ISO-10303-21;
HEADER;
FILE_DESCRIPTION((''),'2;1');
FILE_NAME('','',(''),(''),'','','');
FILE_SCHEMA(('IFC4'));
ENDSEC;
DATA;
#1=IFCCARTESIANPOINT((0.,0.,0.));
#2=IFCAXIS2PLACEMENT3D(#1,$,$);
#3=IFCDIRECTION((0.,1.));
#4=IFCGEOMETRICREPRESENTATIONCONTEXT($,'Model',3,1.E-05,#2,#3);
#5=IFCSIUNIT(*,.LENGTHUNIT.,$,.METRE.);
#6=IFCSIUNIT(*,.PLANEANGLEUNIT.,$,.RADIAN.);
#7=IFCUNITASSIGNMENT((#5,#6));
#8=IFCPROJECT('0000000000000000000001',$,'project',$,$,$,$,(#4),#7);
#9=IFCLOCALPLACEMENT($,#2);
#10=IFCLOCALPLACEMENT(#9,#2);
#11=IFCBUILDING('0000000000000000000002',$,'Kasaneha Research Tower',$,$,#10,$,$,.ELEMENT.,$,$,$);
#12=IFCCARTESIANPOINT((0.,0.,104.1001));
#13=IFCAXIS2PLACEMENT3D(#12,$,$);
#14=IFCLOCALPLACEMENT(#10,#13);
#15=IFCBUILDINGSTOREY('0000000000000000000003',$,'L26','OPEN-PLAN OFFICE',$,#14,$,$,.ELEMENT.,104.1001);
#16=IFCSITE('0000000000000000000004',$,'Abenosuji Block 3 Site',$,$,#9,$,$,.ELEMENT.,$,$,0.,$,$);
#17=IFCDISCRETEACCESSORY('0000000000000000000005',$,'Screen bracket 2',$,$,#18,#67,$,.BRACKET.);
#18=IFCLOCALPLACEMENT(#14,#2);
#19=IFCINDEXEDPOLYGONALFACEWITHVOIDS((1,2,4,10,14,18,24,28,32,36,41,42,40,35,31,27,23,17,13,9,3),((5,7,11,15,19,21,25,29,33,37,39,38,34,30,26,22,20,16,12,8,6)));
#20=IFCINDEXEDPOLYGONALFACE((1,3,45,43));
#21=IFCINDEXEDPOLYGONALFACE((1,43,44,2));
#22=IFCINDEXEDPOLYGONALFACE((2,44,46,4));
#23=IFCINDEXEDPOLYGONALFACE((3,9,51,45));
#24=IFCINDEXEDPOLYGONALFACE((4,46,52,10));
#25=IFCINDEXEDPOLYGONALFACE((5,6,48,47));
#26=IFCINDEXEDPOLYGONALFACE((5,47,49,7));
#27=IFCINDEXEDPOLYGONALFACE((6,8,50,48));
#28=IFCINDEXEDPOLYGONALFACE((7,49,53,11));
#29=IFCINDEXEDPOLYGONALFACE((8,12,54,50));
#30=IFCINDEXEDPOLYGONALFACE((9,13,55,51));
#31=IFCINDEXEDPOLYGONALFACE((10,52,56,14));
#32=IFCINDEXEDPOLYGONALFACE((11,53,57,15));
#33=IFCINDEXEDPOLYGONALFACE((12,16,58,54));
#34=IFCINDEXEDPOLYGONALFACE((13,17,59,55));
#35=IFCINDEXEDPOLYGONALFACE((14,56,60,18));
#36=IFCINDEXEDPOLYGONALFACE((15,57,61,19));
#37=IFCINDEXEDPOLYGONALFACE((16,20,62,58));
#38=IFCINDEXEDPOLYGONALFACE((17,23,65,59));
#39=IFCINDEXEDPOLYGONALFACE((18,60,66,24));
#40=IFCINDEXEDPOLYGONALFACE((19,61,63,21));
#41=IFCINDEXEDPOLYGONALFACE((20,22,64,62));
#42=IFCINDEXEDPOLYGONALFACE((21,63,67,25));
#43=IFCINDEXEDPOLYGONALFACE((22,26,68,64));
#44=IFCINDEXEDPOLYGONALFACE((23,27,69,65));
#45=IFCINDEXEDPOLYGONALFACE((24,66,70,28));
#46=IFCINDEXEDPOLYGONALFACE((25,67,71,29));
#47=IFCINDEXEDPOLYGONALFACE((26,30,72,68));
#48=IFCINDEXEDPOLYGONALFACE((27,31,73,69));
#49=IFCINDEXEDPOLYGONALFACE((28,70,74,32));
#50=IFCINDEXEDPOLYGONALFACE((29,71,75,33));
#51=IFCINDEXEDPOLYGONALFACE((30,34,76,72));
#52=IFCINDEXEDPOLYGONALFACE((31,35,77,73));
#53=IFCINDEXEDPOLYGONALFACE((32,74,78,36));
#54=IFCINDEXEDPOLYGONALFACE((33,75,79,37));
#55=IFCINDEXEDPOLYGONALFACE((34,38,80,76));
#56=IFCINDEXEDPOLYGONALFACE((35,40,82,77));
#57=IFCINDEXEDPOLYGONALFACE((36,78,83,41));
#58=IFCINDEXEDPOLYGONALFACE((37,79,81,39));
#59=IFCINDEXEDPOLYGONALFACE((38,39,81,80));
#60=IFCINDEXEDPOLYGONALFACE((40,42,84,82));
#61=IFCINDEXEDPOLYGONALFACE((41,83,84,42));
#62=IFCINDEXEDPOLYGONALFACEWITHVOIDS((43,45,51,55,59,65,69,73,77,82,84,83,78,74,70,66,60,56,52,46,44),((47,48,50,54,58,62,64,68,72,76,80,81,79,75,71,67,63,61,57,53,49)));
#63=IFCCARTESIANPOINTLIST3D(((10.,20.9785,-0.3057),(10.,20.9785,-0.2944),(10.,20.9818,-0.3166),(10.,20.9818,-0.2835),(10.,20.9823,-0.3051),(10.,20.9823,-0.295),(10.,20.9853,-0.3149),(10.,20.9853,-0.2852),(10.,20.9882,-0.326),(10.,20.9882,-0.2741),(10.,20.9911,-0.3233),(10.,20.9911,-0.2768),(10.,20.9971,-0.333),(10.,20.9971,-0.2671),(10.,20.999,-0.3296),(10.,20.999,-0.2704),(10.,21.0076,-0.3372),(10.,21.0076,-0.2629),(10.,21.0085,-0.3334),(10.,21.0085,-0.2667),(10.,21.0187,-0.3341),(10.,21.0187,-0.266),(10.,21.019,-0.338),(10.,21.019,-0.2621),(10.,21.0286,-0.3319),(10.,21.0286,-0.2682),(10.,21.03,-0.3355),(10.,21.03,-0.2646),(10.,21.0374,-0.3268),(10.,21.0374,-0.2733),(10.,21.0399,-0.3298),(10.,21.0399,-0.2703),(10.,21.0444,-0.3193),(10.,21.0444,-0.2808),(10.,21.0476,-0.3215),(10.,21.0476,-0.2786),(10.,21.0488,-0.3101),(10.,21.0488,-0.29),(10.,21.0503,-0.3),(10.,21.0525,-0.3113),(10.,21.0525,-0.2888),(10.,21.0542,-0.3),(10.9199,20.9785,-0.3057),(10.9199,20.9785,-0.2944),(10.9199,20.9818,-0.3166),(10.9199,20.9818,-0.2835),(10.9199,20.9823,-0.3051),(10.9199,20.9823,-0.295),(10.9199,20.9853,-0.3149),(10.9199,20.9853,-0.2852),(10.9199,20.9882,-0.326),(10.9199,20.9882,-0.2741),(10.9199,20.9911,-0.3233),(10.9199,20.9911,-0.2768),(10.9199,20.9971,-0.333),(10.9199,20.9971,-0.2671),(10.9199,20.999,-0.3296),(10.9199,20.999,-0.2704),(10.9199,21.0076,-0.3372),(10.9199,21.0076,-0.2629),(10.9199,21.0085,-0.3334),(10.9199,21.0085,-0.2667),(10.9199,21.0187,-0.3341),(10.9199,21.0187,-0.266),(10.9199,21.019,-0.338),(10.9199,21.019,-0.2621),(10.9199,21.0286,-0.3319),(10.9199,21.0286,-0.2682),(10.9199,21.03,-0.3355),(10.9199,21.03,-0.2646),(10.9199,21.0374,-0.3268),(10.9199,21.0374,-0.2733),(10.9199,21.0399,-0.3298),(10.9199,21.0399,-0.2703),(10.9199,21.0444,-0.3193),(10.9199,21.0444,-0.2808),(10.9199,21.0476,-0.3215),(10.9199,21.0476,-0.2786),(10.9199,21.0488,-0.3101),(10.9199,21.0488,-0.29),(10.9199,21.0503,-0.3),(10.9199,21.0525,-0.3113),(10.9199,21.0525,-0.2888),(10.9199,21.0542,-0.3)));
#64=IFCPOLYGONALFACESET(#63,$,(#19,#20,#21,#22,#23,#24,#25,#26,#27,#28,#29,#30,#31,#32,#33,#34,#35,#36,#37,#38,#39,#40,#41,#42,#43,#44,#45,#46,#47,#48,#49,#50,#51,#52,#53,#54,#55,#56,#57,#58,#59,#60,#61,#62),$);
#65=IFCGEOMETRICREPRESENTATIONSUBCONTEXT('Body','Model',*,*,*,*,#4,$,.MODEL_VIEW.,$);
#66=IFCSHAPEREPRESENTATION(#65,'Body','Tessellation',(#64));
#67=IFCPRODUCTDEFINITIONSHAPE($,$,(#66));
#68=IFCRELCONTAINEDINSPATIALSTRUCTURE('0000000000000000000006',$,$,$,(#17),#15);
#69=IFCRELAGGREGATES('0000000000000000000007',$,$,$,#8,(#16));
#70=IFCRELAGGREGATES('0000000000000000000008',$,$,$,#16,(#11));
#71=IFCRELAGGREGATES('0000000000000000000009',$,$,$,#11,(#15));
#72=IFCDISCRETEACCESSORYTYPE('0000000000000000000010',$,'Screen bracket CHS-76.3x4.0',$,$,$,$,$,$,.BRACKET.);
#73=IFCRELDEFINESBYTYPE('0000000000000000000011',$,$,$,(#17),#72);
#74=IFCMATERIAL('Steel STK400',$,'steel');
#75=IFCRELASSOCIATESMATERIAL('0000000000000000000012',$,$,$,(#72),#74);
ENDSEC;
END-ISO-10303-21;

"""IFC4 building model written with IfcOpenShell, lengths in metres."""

from ifc_helpers import new_model, si_unit, direction, frame, origin, origin_2d, place, context, subcontext, project, spatial, hollow_circle, extrude, material, material_profile, profile_set, type_object, element, save


model = new_model("IFC4")

# Units and contexts
model_context = context("Model", 3, precision=1e-05, world=origin(), true_north=direction((0.0, 1.0)))
body_context = subcontext(model_context, "Body", "Model", "MODEL_VIEW")
ifc_project = project(units=[si_unit("LENGTHUNIT", "METRE"), si_unit("PLANEANGLEUNIT", "RADIAN")], contexts=[model_context])

# Site, building, storey
site_placement = place(None, origin())
site = spatial("IfcSite", under=ifc_project, at=site_placement, Name="Abenosuji Block 3 Site", CompositionType="ELEMENT", RefElevation=0.0)
building_placement = place(site_placement, origin())
building = spatial("IfcBuilding", under=site, at=building_placement, Name="Kasaneha Research Tower", CompositionType="ELEMENT")
storey_placement = place(building_placement, frame((0.0, 0.0, 104.1001)))
storey = spatial("IfcBuildingStorey", under=building, at=storey_placement, Name="L26", Description="OPEN-PLAN OFFICE", CompositionType="ELEMENT", Elevation=104.1001)

# Discrete accessory
ifc_material_1 = material(Name="Steel STK400", Category="steel")
ifc_material_profile_1 = material_profile(ifc_material_1, hollow_circle(Radius=0.0381, WallThickness=0.0039, at=origin_2d()), Name="CHS-76.3x4.0")
ifc_profile_set_1 = profile_set([ifc_material_profile_1], Name="Steel STK400")
discrete_accessory_type = type_object("IfcDiscreteAccessoryType", Name="Screen bracket CHS-76.3x4.0", PredefinedType="BRACKET", material=ifc_profile_set_1)
discrete_accessory_1_placement = place(storey_placement, frame((10.0, 21.0161, -0.3), z_axis=(1.0, 0.0, 0.0), x_axis=(0.0, 1.0, 0.0)))
element("IfcDiscreteAccessory", 1, at=discrete_accessory_1_placement, inside=storey, type_object=discrete_accessory_type, Name="Screen bracket 2", PredefinedType="BRACKET", context=body_context, shape_type="SweptSolid", body=[
    extrude(hollow_circle(Radius=0.0381, WallThickness=0.0039, at=origin_2d()), origin(), (0.0, 0.0, 1.0), 0.9199),
])

save(model, "model.ifc")
